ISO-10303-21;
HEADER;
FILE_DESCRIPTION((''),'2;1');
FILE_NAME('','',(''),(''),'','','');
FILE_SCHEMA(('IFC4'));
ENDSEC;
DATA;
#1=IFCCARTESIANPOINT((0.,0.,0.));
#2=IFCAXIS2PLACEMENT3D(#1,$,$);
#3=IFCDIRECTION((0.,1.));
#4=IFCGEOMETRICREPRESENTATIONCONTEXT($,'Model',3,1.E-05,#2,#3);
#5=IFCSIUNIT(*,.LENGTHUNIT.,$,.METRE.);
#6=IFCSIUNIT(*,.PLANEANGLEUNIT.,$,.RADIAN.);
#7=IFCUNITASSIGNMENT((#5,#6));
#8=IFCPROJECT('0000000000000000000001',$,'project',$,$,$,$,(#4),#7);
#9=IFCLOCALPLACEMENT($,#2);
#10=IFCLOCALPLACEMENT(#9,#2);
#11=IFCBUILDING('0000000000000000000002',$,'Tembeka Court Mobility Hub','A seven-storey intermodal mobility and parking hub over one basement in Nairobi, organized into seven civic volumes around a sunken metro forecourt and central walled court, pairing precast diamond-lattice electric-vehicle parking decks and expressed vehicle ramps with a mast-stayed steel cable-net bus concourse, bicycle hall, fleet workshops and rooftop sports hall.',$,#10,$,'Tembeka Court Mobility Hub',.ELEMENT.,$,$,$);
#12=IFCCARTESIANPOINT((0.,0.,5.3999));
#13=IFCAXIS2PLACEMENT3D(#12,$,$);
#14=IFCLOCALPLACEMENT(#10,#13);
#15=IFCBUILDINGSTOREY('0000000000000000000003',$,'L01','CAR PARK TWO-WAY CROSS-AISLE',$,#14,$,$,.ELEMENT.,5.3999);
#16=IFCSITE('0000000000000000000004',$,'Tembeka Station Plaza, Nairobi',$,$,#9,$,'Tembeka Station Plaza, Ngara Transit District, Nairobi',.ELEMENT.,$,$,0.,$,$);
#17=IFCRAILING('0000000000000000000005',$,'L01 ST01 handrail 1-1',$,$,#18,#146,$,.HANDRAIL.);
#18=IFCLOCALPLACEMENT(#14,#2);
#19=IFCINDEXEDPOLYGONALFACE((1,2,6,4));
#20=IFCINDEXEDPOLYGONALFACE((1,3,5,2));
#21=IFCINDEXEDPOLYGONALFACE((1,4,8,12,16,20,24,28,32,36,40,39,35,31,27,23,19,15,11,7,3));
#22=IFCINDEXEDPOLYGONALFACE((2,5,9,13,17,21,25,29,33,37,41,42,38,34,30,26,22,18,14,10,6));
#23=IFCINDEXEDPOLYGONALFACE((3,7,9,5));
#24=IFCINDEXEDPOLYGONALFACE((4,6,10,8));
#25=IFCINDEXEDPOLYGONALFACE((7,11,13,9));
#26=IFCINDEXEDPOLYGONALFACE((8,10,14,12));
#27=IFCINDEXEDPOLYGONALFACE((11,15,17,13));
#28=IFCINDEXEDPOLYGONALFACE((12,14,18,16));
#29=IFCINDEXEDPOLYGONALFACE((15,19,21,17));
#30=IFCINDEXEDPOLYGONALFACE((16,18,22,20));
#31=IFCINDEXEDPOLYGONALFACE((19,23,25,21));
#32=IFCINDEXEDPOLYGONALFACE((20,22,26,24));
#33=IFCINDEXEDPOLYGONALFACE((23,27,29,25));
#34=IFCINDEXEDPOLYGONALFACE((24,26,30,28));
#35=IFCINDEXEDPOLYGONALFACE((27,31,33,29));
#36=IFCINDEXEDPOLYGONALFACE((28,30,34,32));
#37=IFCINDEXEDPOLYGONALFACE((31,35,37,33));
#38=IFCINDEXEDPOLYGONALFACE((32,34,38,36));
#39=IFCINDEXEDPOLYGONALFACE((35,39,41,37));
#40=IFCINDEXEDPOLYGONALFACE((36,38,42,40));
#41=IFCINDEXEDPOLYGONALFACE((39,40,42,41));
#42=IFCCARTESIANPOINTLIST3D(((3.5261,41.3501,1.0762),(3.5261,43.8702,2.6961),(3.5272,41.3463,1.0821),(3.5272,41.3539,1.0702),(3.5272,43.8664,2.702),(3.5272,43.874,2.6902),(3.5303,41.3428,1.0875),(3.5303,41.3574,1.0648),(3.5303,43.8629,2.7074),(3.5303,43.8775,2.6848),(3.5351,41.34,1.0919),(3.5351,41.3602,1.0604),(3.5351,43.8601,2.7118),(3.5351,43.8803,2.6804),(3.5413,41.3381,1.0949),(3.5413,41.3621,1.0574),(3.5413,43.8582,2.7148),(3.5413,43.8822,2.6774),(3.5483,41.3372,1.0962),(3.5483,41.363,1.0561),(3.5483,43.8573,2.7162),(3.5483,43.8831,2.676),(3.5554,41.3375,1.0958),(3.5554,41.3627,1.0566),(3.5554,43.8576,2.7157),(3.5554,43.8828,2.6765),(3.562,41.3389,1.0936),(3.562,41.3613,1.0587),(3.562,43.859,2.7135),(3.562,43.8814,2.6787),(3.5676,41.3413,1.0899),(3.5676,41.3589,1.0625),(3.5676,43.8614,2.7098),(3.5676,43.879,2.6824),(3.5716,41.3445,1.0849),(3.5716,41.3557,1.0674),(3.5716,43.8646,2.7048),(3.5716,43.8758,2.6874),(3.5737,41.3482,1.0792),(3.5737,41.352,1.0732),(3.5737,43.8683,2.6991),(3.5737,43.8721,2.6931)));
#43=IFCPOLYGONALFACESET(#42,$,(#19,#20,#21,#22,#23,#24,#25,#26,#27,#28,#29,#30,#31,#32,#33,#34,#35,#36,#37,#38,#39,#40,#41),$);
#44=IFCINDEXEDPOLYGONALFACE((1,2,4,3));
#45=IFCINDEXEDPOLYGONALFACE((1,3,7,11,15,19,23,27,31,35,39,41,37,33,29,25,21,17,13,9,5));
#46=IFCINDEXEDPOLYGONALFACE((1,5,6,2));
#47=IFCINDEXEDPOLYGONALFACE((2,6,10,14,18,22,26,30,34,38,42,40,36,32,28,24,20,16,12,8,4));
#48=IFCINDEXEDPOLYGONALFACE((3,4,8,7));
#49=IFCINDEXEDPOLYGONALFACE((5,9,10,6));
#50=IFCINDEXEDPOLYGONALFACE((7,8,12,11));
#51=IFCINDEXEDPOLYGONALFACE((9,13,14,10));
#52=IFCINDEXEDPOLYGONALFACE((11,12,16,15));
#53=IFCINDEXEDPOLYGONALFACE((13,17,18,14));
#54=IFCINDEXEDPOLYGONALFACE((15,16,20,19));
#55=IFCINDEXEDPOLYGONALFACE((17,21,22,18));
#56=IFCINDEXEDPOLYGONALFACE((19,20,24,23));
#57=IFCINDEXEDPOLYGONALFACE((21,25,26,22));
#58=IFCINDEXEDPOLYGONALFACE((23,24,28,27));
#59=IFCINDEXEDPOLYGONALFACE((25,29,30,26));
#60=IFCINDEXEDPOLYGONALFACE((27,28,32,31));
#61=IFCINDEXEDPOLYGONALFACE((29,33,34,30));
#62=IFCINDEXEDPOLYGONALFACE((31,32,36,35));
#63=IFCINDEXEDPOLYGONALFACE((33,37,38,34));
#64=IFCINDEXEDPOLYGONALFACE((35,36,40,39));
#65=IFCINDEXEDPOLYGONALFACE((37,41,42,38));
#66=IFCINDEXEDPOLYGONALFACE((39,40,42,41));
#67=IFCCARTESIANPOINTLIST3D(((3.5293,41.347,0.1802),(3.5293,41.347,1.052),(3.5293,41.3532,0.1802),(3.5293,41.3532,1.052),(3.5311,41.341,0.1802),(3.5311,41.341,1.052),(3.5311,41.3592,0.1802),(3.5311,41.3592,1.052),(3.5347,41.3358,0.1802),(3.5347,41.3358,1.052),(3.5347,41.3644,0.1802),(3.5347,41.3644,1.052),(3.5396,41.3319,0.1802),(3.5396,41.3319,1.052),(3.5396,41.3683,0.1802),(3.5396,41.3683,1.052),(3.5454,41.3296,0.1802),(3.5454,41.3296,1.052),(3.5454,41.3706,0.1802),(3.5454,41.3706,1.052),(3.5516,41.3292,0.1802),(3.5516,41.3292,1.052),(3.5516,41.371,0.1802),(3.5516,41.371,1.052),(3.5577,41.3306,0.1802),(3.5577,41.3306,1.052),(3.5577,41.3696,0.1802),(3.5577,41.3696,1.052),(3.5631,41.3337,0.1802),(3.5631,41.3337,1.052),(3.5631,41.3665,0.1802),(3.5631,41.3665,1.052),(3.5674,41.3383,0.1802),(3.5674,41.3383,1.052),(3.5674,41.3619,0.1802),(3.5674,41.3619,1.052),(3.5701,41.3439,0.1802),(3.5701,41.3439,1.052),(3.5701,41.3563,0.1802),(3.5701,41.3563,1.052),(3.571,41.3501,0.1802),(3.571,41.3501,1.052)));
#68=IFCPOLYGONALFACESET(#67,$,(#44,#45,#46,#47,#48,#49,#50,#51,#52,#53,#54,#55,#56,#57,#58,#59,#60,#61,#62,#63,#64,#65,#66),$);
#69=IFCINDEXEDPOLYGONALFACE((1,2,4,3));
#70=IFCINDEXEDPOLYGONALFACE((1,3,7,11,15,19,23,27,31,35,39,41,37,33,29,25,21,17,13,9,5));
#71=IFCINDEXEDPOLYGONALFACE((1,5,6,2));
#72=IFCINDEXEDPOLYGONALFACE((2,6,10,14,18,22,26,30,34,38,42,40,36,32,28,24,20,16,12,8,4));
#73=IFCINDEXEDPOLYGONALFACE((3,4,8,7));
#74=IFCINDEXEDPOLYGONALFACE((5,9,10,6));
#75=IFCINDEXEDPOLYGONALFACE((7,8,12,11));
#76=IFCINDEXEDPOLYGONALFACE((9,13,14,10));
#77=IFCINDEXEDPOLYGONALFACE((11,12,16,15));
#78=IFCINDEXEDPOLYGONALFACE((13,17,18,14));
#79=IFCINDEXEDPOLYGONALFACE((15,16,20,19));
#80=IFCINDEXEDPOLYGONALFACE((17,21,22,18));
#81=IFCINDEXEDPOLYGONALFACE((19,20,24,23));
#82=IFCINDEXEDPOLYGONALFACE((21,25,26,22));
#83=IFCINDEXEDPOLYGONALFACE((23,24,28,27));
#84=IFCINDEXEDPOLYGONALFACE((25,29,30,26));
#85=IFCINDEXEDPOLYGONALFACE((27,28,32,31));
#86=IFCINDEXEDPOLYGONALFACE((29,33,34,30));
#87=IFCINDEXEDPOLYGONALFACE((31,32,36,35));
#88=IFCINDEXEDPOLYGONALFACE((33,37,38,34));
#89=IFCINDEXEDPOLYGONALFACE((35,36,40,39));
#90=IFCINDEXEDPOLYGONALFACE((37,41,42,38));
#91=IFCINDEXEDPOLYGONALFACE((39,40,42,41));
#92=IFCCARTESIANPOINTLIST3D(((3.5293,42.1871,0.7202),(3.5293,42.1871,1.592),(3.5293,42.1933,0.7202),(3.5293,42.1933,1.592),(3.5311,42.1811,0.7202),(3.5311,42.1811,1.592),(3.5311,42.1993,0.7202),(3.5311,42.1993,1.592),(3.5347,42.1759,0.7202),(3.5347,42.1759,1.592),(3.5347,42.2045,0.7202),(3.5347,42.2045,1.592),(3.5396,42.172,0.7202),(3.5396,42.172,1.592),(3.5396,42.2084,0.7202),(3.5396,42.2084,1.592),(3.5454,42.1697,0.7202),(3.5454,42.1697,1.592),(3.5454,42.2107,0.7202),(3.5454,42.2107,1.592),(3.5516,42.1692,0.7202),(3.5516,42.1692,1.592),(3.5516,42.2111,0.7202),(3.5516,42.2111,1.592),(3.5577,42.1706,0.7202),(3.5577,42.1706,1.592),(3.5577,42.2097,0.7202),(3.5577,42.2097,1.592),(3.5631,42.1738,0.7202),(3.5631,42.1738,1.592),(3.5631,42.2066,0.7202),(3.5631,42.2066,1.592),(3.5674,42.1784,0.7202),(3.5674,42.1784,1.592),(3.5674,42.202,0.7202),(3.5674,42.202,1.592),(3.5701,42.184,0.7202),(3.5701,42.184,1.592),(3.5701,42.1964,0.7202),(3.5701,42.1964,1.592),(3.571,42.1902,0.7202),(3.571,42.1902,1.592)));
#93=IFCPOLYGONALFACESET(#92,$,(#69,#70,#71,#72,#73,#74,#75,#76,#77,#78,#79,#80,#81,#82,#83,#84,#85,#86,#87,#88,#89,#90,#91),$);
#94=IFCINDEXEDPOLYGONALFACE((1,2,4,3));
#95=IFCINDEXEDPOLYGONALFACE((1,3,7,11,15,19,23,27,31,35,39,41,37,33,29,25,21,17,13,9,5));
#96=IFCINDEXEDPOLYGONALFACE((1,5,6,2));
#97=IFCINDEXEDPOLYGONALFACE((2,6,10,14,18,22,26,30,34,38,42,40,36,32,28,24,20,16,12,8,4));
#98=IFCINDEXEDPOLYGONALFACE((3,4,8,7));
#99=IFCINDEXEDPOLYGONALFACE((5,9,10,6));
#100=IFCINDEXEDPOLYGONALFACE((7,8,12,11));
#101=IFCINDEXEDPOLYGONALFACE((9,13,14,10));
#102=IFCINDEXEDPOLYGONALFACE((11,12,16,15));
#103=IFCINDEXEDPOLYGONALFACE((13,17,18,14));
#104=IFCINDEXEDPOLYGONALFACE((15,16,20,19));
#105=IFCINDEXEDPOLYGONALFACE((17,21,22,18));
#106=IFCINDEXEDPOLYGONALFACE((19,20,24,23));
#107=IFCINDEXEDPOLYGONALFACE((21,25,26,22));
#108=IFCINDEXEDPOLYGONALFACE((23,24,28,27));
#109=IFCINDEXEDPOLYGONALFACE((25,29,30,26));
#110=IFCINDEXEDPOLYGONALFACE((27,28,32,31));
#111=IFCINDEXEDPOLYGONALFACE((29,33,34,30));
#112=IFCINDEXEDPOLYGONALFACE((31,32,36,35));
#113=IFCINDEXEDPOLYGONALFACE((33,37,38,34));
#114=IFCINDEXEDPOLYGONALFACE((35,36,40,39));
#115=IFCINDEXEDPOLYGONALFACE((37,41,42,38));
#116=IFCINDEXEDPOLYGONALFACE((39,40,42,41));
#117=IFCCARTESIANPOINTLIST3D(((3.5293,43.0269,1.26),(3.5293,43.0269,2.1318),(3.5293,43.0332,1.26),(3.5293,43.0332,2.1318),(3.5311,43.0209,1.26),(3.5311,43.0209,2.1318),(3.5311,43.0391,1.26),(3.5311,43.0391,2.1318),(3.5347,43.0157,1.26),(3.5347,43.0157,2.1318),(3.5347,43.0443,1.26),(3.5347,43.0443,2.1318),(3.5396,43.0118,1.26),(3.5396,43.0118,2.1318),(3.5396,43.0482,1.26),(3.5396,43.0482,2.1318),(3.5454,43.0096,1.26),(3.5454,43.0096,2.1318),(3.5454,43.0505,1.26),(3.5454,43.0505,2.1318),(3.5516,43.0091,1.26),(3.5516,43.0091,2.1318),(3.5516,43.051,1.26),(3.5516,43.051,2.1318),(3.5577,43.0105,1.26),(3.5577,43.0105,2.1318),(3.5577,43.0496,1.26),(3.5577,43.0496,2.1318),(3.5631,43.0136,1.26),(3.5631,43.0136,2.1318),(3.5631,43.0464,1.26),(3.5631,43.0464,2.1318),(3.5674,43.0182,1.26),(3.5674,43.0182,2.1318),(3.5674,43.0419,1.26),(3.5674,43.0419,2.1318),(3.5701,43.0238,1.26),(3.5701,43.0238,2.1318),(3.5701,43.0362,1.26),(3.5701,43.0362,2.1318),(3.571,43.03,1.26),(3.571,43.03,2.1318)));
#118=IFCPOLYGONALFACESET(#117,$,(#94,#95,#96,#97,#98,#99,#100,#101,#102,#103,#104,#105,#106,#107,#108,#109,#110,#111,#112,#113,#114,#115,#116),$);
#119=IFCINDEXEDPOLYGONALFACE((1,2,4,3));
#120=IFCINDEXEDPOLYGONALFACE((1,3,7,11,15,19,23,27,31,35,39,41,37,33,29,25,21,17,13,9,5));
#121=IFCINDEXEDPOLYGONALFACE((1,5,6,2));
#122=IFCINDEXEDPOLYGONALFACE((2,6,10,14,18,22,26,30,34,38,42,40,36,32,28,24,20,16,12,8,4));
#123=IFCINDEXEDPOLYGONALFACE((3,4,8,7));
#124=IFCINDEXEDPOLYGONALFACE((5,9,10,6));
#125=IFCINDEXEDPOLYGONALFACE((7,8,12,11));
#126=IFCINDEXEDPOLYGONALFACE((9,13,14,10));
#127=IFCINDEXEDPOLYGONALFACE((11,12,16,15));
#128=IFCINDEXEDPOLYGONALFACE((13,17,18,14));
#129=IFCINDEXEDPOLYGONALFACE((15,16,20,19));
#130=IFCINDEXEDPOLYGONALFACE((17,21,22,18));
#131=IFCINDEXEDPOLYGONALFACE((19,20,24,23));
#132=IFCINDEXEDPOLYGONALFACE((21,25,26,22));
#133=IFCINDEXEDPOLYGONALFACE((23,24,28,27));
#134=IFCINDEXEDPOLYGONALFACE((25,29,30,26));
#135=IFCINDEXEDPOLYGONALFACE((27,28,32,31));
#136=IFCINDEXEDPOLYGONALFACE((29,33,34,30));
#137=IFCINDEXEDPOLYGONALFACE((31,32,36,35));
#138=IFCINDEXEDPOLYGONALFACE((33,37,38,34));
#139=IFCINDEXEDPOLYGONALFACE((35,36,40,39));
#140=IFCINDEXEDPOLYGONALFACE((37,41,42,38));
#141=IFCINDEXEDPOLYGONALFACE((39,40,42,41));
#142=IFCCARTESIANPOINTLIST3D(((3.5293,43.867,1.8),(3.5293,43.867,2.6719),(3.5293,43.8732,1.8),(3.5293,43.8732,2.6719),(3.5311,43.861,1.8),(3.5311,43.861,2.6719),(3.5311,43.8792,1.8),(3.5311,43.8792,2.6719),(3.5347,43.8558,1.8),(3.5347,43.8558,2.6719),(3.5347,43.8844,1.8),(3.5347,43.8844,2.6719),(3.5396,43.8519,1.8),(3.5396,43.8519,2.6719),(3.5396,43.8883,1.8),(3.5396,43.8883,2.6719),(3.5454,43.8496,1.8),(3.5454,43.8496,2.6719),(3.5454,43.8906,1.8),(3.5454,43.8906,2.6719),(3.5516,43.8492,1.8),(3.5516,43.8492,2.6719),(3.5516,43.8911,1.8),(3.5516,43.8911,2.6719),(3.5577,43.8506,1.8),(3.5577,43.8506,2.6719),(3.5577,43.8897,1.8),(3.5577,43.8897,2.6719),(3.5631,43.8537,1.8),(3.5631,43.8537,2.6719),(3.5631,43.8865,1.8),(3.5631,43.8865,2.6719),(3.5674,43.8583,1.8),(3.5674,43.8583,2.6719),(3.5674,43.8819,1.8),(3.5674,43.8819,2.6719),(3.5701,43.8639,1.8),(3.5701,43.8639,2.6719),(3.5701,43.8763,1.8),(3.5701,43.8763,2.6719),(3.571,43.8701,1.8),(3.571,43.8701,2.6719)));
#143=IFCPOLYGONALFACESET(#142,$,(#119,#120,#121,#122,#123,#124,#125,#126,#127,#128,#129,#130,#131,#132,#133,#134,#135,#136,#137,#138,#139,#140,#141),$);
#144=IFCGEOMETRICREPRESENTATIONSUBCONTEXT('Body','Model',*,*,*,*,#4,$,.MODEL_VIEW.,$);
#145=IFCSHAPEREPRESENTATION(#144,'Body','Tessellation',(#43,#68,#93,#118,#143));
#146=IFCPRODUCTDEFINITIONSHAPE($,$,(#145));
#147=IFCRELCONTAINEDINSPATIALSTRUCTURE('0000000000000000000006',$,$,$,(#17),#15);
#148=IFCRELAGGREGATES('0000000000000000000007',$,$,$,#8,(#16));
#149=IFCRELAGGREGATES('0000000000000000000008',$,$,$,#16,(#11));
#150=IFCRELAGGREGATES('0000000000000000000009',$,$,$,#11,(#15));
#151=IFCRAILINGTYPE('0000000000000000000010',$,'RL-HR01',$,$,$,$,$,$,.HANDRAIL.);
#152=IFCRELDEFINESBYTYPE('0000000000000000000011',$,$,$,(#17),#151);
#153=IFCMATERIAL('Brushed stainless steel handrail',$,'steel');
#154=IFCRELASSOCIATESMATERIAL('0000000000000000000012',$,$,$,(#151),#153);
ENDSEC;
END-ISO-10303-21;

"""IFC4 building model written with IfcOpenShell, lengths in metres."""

from ifc_helpers import new_model, si_unit, direction, frame, origin, origin_2d, place, context, subcontext, project, spatial, circle, extrude, material, type_object, element, save


model = new_model("IFC4")

# Units and contexts
model_context = context("Model", 3, precision=1e-05, world=origin(), true_north=direction((0.0, 1.0)))
body_context = subcontext(model_context, "Body", "Model", "MODEL_VIEW")
ifc_project = project(units=[si_unit("LENGTHUNIT", "METRE"), si_unit("PLANEANGLEUNIT", "RADIAN")], contexts=[model_context])

# Site, building, storey
site_placement = place(None, origin())
site = spatial("IfcSite", under=ifc_project, at=site_placement, Name="Tembeka Station Plaza, Nairobi", LongName="Tembeka Station Plaza, Ngara Transit District, Nairobi", CompositionType="ELEMENT", RefElevation=0.0)
building_placement = place(site_placement, origin())
building = spatial("IfcBuilding", under=site, at=building_placement, Name="Tembeka Court Mobility Hub", Description="A seven-storey intermodal mobility and parking hub over one basement in Nairobi, organized into seven civic volumes around a sunken metro forecourt and central walled court, pairing precast diamond-lattice electric-vehicle parking decks and expressed vehicle ramps with a mast-stayed steel cable-net bus concourse, bicycle hall, fleet workshops and rooftop sports hall.", LongName="Tembeka Court Mobility Hub", CompositionType="ELEMENT")
storey_placement = place(building_placement, frame((0.0, 0.0, 5.3999)))
storey = spatial("IfcBuildingStorey", under=building, at=storey_placement, Name="L01", Description="CAR PARK TWO-WAY CROSS-AISLE", CompositionType="ELEMENT", Elevation=5.3999)

# Railing
ifc_material_1 = material(Name="Brushed stainless steel handrail", Category="steel")
railing_type_1 = type_object("IfcRailingType", Name="RL-HR01", PredefinedType="HANDRAIL", material=ifc_material_1)
railing_1_placement = place(storey_placement, frame((3.55, 41.3501, 0.1802)))
element("IfcRailing", 1, at=railing_1_placement, inside=storey, type_object=railing_type_1, Name="L01 ST01 handrail 1-1", PredefinedType="HANDRAIL", context=body_context, shape_type="SweptSolid", body=[
    extrude(circle(Radius=0.0239, at=origin_2d()), frame((0.0, 0.0, 0.896), z_axis=(0.0, 0.8412, 0.540725), x_axis=(-1.0, 0.0, 0.0)), (0.0, 0.0, 1.0), 2.9958),
    extrude(circle(Radius=0.021, at=origin_2d()), origin(), (0.0, 0.0, 1.0), 0.8718),
    extrude(circle(Radius=0.021, at=origin_2d()), frame((0.0, 0.8401, 0.54)), (0.0, 0.0, 1.0), 0.8718),
    extrude(circle(Radius=0.021, at=origin_2d()), frame((0.0, 1.6799, 1.0798)), (0.0, 0.0, 1.0), 0.8718),
    extrude(circle(Radius=0.021, at=origin_2d()), frame((0.0, 2.52, 1.6199)), (0.0, 0.0, 1.0), 0.8718),
])

save(model, "model.ifc")
